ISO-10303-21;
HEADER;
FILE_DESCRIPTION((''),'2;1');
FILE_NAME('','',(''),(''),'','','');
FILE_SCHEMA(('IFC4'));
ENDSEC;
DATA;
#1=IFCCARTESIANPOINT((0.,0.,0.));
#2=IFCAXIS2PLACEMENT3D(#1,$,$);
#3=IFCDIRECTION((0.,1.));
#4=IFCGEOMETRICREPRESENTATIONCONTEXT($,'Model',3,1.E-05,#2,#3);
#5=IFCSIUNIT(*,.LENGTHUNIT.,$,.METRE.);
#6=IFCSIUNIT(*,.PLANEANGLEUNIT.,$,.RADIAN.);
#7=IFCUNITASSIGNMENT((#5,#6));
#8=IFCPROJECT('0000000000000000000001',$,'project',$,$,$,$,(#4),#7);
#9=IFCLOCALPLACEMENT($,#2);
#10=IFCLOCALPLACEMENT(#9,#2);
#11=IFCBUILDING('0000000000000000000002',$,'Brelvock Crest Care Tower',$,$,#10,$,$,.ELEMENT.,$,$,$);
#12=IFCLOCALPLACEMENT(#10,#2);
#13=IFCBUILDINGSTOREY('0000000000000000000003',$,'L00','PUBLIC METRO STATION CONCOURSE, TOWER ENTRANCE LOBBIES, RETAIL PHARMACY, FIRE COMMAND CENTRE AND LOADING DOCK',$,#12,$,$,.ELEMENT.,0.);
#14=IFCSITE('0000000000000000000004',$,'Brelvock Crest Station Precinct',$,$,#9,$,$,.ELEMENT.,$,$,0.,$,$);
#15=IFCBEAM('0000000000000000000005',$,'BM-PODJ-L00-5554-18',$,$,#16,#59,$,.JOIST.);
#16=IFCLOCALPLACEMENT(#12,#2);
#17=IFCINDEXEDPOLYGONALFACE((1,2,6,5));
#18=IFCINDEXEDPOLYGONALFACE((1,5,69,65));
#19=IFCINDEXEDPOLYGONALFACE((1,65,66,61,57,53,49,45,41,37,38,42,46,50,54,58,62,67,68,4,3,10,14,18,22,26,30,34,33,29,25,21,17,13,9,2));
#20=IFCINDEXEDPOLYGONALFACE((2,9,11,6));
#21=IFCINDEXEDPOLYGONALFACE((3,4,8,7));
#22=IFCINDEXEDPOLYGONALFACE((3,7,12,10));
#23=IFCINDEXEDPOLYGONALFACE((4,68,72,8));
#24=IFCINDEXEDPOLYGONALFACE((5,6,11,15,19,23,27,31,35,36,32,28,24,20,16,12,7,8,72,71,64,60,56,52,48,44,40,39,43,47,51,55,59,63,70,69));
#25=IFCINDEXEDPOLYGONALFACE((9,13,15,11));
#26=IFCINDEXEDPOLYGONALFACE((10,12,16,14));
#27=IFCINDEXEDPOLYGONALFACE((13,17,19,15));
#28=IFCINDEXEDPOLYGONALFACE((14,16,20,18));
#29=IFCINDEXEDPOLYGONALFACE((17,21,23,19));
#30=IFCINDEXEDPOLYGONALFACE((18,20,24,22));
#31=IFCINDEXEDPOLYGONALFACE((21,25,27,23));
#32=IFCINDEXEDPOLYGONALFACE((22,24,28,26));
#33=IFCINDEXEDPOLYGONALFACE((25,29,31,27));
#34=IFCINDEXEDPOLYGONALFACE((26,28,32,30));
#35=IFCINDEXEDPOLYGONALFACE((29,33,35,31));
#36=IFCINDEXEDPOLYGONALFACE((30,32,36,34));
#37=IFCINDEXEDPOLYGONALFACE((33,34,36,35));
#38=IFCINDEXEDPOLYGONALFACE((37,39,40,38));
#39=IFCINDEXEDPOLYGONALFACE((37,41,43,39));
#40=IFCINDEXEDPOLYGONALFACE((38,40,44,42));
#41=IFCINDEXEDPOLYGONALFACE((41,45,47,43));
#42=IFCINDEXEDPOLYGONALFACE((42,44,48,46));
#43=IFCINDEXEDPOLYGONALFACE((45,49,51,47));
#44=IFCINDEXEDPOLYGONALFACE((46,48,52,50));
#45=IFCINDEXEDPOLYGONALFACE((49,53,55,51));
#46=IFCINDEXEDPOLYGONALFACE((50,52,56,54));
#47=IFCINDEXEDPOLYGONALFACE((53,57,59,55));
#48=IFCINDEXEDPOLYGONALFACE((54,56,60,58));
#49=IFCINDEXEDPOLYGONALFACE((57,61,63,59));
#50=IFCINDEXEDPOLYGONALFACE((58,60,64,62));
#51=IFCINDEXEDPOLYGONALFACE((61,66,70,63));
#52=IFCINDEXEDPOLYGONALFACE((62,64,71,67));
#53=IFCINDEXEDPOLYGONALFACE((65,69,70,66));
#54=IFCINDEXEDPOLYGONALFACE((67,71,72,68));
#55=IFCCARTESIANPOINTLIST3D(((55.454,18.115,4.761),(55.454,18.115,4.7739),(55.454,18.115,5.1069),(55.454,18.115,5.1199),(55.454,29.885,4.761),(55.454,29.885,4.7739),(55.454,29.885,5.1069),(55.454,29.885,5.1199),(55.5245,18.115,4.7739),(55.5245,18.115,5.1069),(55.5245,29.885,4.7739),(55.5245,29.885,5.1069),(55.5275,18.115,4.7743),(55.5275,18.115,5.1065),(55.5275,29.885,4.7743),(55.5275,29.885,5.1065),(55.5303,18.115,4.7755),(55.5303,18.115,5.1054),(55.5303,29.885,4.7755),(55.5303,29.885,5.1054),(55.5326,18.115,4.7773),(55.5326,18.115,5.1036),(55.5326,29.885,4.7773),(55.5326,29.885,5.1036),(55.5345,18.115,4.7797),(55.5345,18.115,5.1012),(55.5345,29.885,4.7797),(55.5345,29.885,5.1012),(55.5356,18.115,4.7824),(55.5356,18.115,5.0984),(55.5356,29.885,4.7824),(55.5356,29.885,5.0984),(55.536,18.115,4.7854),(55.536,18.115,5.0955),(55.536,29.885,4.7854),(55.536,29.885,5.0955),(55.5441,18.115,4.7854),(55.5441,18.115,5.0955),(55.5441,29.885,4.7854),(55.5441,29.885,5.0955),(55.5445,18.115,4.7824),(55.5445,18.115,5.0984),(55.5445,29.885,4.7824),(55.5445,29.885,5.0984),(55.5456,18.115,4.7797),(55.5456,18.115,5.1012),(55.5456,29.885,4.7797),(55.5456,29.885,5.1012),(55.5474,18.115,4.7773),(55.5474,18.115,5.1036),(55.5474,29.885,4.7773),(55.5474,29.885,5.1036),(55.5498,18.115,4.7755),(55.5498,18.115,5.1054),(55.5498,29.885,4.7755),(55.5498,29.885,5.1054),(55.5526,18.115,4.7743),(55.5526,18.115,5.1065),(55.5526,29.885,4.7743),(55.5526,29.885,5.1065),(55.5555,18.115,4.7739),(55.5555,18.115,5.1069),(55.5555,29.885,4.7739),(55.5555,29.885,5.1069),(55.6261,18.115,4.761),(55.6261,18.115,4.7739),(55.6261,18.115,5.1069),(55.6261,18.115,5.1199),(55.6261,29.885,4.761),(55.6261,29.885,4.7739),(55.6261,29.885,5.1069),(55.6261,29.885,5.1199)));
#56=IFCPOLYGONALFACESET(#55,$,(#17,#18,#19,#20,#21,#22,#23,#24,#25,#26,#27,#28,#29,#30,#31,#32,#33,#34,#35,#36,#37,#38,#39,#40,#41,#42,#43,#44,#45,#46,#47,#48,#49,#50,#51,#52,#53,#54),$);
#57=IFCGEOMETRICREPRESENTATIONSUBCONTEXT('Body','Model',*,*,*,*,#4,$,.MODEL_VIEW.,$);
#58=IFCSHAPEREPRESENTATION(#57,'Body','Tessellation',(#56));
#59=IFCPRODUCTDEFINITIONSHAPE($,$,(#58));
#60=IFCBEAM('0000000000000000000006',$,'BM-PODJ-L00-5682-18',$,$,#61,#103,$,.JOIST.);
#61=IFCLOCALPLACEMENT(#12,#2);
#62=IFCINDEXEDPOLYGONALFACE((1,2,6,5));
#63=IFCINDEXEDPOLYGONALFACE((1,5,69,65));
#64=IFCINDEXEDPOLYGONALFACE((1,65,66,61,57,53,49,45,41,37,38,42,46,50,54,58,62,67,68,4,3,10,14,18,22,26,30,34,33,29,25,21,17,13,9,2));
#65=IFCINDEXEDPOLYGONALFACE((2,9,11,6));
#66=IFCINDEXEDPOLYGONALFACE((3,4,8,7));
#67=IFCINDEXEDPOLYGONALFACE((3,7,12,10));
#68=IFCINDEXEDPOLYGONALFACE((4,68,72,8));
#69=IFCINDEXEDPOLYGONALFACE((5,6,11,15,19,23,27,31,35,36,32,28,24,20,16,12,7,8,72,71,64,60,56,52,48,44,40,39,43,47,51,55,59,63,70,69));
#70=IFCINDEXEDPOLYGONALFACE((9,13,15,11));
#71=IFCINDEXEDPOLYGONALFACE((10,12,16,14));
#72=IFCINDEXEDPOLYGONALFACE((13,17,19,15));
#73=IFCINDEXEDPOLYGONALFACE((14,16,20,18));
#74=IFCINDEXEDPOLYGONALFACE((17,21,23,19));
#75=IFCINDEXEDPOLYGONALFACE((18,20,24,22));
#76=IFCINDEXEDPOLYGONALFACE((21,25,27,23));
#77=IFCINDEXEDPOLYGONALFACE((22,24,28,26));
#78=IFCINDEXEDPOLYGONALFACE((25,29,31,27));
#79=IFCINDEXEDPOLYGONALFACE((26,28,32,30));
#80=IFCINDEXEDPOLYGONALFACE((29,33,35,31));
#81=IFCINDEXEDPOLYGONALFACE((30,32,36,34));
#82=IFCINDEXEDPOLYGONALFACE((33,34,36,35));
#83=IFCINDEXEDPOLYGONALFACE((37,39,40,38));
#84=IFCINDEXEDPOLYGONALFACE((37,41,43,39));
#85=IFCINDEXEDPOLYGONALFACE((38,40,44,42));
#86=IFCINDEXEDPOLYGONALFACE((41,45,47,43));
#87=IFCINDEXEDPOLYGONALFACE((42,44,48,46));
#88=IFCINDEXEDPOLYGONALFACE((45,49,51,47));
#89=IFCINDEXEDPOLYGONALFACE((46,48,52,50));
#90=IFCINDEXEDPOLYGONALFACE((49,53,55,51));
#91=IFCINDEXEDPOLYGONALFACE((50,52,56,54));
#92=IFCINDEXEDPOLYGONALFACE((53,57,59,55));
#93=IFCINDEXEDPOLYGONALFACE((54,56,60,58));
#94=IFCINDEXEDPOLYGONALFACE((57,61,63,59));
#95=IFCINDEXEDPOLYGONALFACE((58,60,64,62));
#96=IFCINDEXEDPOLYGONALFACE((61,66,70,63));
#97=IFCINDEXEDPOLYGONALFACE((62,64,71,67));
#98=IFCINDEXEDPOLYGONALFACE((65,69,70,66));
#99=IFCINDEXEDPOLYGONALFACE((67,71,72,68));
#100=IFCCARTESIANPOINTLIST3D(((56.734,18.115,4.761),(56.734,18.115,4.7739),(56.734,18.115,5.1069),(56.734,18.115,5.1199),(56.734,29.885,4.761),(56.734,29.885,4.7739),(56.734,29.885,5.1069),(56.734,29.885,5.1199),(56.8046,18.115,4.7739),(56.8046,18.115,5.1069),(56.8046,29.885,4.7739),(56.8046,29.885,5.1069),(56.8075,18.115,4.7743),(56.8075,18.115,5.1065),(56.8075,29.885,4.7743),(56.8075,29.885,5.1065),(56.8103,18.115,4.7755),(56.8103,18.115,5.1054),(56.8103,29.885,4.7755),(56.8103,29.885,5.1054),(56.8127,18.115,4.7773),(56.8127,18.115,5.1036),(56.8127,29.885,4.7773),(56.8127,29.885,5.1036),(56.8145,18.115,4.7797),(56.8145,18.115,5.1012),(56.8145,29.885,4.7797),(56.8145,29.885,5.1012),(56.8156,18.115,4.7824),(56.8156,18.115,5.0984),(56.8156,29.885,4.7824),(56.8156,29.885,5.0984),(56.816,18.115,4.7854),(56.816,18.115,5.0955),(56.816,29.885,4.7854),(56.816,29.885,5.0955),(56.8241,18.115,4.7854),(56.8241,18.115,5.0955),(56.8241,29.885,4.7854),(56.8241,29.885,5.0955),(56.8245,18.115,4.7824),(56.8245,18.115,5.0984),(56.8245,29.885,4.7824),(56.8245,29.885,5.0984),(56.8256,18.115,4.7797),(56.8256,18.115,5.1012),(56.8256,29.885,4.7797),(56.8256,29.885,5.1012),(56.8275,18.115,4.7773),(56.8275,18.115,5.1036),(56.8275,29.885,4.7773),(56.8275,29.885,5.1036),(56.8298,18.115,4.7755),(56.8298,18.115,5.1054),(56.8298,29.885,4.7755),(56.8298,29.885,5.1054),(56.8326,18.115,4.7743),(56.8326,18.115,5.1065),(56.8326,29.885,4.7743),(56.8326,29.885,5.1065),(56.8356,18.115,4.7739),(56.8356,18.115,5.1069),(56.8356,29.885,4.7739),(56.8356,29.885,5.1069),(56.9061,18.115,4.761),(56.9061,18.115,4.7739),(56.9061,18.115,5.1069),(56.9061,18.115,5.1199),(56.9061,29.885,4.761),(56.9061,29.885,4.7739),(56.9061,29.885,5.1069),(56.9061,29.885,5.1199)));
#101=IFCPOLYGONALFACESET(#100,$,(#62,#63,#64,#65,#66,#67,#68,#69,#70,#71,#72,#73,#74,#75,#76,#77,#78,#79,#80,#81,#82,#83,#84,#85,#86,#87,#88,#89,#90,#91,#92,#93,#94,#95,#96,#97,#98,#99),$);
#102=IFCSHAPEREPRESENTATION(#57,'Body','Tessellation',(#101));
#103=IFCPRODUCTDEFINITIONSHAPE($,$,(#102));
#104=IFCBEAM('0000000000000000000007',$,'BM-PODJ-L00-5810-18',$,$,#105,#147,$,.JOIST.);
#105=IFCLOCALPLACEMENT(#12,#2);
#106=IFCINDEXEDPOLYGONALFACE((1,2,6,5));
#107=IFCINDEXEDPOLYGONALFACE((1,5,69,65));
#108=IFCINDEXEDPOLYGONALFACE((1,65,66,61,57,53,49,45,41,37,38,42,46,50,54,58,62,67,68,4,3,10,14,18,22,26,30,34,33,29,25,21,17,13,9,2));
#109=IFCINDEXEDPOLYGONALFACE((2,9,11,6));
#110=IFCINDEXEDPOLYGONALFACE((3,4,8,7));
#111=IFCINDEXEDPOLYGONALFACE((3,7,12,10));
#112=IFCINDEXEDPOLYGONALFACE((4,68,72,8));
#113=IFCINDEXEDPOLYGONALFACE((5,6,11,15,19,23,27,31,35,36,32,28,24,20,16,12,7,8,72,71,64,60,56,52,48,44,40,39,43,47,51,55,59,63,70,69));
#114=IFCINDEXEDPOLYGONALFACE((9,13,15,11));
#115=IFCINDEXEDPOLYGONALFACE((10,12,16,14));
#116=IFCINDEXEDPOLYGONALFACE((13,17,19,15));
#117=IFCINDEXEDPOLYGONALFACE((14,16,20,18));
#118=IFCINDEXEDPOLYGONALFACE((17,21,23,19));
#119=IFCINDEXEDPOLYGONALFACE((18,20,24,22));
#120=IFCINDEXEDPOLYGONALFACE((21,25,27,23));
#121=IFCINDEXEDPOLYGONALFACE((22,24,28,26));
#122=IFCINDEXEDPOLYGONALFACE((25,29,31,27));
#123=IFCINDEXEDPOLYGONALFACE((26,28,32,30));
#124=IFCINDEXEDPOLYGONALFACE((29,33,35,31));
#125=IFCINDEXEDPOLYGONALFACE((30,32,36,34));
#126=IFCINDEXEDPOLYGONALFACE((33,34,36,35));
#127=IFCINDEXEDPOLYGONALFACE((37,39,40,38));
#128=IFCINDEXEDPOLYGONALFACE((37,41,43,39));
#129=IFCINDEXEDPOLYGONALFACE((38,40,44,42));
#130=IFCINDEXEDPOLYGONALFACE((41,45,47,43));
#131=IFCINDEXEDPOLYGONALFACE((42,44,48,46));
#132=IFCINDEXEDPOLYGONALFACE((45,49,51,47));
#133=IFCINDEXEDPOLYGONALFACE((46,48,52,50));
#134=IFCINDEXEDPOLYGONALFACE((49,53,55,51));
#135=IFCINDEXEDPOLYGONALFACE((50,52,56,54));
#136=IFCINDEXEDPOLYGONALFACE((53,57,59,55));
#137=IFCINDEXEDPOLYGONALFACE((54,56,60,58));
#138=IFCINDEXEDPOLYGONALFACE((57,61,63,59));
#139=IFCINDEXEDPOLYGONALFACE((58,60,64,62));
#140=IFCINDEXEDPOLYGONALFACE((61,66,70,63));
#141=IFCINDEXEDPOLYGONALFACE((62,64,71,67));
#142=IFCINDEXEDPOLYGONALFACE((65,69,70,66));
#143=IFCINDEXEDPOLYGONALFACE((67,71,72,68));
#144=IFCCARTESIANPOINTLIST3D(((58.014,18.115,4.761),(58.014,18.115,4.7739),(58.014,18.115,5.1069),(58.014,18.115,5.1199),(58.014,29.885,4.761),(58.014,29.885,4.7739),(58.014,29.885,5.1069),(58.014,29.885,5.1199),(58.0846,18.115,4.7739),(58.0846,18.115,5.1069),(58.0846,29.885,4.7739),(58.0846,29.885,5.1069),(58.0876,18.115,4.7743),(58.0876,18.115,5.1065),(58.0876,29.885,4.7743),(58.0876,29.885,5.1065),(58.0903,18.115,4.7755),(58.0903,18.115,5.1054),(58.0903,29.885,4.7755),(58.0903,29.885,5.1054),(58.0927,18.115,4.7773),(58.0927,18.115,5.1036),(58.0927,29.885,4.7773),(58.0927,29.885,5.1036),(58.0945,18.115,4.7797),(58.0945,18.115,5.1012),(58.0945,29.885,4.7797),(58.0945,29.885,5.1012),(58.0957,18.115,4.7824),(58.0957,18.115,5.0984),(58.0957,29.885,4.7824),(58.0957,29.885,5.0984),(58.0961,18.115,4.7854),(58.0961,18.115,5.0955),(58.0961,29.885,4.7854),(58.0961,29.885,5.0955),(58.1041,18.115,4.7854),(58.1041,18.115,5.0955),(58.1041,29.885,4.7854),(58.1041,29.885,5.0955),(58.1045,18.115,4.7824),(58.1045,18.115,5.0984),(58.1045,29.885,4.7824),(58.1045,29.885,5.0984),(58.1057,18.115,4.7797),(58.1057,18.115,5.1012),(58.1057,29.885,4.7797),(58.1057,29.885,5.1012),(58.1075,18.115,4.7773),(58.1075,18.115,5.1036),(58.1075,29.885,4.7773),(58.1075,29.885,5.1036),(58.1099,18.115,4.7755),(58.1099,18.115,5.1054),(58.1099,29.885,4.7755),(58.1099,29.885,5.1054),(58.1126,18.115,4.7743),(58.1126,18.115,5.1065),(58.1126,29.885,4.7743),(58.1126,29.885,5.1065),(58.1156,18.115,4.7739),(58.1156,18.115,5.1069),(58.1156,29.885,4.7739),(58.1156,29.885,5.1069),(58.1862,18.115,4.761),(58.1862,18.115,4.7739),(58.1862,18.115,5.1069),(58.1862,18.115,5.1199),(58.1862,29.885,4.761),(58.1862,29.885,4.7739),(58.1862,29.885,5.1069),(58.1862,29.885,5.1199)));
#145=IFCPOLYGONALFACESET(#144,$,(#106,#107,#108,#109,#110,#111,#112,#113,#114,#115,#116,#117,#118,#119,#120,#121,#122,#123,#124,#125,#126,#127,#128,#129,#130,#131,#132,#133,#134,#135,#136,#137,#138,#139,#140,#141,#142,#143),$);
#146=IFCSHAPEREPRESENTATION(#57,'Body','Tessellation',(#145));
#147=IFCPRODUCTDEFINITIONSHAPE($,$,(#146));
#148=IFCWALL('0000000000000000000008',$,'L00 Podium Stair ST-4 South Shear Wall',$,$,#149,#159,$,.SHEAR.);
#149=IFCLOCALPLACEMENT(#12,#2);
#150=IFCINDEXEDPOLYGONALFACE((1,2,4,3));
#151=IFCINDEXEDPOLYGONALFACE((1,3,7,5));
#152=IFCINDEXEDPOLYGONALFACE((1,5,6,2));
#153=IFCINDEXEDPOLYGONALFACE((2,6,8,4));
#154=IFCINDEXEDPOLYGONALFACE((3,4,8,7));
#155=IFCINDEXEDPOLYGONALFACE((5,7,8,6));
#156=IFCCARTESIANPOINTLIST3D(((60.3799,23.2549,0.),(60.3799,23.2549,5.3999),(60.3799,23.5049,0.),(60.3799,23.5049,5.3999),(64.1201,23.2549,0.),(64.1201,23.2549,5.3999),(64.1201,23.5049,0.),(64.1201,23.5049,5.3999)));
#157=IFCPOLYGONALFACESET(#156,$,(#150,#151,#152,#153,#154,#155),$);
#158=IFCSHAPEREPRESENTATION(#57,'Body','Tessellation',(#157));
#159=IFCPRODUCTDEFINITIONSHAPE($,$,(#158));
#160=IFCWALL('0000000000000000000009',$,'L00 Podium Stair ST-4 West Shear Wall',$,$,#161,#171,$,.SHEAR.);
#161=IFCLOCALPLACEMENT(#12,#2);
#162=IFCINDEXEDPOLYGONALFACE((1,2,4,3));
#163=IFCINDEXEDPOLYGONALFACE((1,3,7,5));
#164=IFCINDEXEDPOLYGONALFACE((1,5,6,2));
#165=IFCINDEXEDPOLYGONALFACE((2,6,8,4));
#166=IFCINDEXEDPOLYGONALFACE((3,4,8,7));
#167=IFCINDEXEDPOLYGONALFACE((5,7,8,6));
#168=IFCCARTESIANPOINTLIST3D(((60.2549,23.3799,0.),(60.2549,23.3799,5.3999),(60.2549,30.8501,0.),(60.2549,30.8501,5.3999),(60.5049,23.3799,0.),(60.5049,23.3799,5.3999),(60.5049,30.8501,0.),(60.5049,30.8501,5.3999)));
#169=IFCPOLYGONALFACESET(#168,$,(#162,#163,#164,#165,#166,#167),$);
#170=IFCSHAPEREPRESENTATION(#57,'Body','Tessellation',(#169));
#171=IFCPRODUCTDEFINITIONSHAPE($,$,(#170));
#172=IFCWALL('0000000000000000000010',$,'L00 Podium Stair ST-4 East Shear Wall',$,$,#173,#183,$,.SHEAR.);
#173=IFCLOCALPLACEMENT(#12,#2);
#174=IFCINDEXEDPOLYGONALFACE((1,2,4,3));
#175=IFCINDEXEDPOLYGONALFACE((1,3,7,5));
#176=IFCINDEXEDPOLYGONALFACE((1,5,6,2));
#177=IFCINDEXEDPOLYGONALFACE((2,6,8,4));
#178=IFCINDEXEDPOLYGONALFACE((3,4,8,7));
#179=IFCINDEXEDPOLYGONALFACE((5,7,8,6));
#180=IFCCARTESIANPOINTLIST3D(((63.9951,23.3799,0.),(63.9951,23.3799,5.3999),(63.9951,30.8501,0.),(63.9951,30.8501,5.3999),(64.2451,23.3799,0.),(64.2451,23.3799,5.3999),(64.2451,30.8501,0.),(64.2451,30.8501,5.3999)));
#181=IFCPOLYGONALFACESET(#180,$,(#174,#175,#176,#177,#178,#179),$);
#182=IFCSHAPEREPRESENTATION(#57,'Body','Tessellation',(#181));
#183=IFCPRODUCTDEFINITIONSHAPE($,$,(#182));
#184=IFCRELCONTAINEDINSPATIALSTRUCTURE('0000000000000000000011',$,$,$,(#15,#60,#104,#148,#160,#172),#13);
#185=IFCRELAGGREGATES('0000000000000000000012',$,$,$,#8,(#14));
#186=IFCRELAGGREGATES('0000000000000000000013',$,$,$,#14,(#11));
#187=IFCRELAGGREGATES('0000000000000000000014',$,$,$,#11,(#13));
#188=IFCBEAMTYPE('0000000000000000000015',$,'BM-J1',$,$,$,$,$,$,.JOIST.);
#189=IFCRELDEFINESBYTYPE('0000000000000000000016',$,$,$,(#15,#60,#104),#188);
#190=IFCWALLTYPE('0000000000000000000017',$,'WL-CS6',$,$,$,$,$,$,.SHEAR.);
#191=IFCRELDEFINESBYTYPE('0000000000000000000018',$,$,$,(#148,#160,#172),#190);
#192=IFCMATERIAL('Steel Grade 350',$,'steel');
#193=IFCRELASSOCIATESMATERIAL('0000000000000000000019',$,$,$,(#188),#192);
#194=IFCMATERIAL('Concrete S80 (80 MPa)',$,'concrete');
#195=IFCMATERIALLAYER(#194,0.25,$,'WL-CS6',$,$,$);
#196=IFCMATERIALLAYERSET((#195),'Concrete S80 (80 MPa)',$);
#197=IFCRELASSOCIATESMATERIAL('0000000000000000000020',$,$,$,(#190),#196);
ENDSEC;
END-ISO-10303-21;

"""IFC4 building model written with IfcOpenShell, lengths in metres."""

from ifc_helpers import new_model, si_unit, direction, frame, frame_2d, origin, origin_2d, place, context, subcontext, project, spatial, rectangle, i_section, extrude, source, transform, mapped, material, layer, layer_set, material_profile, profile_set, type_object, element, save


model = new_model("IFC4")

# Units and contexts
model_context = context("Model", 3, precision=1e-05, world=origin(), true_north=direction((0.0, 1.0)))
body_context = subcontext(model_context, "Body", "Model", "MODEL_VIEW")
ifc_project = project(units=[si_unit("LENGTHUNIT", "METRE"), si_unit("PLANEANGLEUNIT", "RADIAN")], contexts=[model_context])

# Site, building, storey
site_placement = place(None, origin())
site = spatial("IfcSite", under=ifc_project, at=site_placement, Name="Brelvock Crest Station Precinct", CompositionType="ELEMENT", RefElevation=0.0)
building_placement = place(site_placement, origin())
building = spatial("IfcBuilding", under=site, at=building_placement, Name="Brelvock Crest Care Tower", CompositionType="ELEMENT")
storey_placement = place(building_placement, origin())
storey = spatial("IfcBuildingStorey", under=building, at=storey_placement, Name="L00", Description="PUBLIC METRO STATION CONCOURSE, TOWER ENTRANCE LOBBIES, RETAIL PHARMACY, FIRE COMMAND CENTRE AND LOADING DOCK", CompositionType="ELEMENT", Elevation=0.0)

# Shared definitions
ifc_material_1 = material(Name="Steel Grade 350", Category="steel")

# Beams
ifc_material_profile_1 = material_profile(ifc_material_1, i_section(OverallWidth=0.1721, OverallDepth=0.3589, WebThickness=0.0081, FlangeThickness=0.0129, FilletRadius=0.0115, at=origin_2d()), Name="360UB56.7")
ifc_profile_set_1 = profile_set([ifc_material_profile_1], Name="Steel Grade 350")
beam_type_1 = type_object("IfcBeamType", Name="BM-J1", PredefinedType="JOIST", material=ifc_profile_set_1)
shared_shape_1 = source(origin(), body_context, "Body", "SweptSolid", [
    extrude(i_section(OverallWidth=0.1721, OverallDepth=0.3589, WebThickness=0.0081, FlangeThickness=0.0129, FilletRadius=0.0115, at=origin_2d()), origin(), (0.0, 0.0, 1.0), 11.77),
])
for number, where, z_axis, x_axis, name in (
    (1, (55.54, 18.115, 4.9404), (0.0, 1.0, 0.0), (-1.0, 0.0, 0.0), "BM-PODJ-L00-5554-18"),
    (2, (56.8201, 18.115, 4.9404), (0.0, 1.0, 0.0), (-1.0, 0.0, 0.0), "BM-PODJ-L00-5682-18"),
    (3, (58.1001, 18.115, 4.9404), (0.0, 1.0, 0.0), (-1.0, 0.0, 0.0), "BM-PODJ-L00-5810-18"),
):
    element("IfcBeam", number, at=place(storey_placement, frame(where, z_axis=z_axis, x_axis=x_axis)), inside=storey, type_object=beam_type_1, Name=name, PredefinedType="JOIST", context=body_context, shape_type="MappedRepresentation", body=[
        mapped(shared_shape_1, transform((0.0, 0.0, 0.0), x_axis=(1.0, 0.0, 0.0), y_axis=(0.0, 1.0, 0.0), z_axis=(0.0, 0.0, 1.0), scale=1.0)),
    ])

# Walls
ifc_material_2 = material(Name="Concrete S80 (80 MPa)", Category="concrete")
ifc_layer_1 = layer(ifc_material_2, 0.25, Name="WL-CS6")
ifc_layer_set_1 = layer_set([ifc_layer_1], Name="Concrete S80 (80 MPa)")
wall_type_1 = type_object("IfcWallType", Name="WL-CS6", PredefinedType="SHEAR", material=ifc_layer_set_1)
wall_1_placement = place(storey_placement, frame((60.3799, 23.3799, 0.0), z_axis=(0.0, 0.0, 1.0), x_axis=(1.0, 0.0, 0.0)))
element("IfcWall", 4, at=wall_1_placement, inside=storey, type_object=wall_type_1, Name="L00 Podium Stair ST-4 South Shear Wall", PredefinedType="SHEAR", context=body_context, shape_type="SweptSolid", body=[
    extrude(rectangle(XDim=3.7402, YDim=0.25, at=frame_2d((1.8701, 0.0))), origin(), (0.0, 0.0, 1.0), 5.3999),
])
for number, where, z_axis, x_axis, name in (
    (5, (60.3799, 23.3799, 0.0), (0.0, 0.0, 1.0), (0.0, 1.0, 0.0), "L00 Podium Stair ST-4 West Shear Wall"),
    (6, (64.1201, 23.3799, 0.0), (0.0, 0.0, 1.0), (0.0, 1.0, 0.0), "L00 Podium Stair ST-4 East Shear Wall"),
):
    element("IfcWall", number, at=place(storey_placement, frame(where, z_axis=z_axis, x_axis=x_axis)), inside=storey, type_object=wall_type_1, Name=name, PredefinedType="SHEAR", context=body_context, shape_type="SweptSolid", body=[
        extrude(rectangle(XDim=7.4702, YDim=0.25, at=frame_2d((3.7351, 0.0))), origin(), (0.0, 0.0, 1.0), 5.3999),
    ])

save(model, "model.ifc")
